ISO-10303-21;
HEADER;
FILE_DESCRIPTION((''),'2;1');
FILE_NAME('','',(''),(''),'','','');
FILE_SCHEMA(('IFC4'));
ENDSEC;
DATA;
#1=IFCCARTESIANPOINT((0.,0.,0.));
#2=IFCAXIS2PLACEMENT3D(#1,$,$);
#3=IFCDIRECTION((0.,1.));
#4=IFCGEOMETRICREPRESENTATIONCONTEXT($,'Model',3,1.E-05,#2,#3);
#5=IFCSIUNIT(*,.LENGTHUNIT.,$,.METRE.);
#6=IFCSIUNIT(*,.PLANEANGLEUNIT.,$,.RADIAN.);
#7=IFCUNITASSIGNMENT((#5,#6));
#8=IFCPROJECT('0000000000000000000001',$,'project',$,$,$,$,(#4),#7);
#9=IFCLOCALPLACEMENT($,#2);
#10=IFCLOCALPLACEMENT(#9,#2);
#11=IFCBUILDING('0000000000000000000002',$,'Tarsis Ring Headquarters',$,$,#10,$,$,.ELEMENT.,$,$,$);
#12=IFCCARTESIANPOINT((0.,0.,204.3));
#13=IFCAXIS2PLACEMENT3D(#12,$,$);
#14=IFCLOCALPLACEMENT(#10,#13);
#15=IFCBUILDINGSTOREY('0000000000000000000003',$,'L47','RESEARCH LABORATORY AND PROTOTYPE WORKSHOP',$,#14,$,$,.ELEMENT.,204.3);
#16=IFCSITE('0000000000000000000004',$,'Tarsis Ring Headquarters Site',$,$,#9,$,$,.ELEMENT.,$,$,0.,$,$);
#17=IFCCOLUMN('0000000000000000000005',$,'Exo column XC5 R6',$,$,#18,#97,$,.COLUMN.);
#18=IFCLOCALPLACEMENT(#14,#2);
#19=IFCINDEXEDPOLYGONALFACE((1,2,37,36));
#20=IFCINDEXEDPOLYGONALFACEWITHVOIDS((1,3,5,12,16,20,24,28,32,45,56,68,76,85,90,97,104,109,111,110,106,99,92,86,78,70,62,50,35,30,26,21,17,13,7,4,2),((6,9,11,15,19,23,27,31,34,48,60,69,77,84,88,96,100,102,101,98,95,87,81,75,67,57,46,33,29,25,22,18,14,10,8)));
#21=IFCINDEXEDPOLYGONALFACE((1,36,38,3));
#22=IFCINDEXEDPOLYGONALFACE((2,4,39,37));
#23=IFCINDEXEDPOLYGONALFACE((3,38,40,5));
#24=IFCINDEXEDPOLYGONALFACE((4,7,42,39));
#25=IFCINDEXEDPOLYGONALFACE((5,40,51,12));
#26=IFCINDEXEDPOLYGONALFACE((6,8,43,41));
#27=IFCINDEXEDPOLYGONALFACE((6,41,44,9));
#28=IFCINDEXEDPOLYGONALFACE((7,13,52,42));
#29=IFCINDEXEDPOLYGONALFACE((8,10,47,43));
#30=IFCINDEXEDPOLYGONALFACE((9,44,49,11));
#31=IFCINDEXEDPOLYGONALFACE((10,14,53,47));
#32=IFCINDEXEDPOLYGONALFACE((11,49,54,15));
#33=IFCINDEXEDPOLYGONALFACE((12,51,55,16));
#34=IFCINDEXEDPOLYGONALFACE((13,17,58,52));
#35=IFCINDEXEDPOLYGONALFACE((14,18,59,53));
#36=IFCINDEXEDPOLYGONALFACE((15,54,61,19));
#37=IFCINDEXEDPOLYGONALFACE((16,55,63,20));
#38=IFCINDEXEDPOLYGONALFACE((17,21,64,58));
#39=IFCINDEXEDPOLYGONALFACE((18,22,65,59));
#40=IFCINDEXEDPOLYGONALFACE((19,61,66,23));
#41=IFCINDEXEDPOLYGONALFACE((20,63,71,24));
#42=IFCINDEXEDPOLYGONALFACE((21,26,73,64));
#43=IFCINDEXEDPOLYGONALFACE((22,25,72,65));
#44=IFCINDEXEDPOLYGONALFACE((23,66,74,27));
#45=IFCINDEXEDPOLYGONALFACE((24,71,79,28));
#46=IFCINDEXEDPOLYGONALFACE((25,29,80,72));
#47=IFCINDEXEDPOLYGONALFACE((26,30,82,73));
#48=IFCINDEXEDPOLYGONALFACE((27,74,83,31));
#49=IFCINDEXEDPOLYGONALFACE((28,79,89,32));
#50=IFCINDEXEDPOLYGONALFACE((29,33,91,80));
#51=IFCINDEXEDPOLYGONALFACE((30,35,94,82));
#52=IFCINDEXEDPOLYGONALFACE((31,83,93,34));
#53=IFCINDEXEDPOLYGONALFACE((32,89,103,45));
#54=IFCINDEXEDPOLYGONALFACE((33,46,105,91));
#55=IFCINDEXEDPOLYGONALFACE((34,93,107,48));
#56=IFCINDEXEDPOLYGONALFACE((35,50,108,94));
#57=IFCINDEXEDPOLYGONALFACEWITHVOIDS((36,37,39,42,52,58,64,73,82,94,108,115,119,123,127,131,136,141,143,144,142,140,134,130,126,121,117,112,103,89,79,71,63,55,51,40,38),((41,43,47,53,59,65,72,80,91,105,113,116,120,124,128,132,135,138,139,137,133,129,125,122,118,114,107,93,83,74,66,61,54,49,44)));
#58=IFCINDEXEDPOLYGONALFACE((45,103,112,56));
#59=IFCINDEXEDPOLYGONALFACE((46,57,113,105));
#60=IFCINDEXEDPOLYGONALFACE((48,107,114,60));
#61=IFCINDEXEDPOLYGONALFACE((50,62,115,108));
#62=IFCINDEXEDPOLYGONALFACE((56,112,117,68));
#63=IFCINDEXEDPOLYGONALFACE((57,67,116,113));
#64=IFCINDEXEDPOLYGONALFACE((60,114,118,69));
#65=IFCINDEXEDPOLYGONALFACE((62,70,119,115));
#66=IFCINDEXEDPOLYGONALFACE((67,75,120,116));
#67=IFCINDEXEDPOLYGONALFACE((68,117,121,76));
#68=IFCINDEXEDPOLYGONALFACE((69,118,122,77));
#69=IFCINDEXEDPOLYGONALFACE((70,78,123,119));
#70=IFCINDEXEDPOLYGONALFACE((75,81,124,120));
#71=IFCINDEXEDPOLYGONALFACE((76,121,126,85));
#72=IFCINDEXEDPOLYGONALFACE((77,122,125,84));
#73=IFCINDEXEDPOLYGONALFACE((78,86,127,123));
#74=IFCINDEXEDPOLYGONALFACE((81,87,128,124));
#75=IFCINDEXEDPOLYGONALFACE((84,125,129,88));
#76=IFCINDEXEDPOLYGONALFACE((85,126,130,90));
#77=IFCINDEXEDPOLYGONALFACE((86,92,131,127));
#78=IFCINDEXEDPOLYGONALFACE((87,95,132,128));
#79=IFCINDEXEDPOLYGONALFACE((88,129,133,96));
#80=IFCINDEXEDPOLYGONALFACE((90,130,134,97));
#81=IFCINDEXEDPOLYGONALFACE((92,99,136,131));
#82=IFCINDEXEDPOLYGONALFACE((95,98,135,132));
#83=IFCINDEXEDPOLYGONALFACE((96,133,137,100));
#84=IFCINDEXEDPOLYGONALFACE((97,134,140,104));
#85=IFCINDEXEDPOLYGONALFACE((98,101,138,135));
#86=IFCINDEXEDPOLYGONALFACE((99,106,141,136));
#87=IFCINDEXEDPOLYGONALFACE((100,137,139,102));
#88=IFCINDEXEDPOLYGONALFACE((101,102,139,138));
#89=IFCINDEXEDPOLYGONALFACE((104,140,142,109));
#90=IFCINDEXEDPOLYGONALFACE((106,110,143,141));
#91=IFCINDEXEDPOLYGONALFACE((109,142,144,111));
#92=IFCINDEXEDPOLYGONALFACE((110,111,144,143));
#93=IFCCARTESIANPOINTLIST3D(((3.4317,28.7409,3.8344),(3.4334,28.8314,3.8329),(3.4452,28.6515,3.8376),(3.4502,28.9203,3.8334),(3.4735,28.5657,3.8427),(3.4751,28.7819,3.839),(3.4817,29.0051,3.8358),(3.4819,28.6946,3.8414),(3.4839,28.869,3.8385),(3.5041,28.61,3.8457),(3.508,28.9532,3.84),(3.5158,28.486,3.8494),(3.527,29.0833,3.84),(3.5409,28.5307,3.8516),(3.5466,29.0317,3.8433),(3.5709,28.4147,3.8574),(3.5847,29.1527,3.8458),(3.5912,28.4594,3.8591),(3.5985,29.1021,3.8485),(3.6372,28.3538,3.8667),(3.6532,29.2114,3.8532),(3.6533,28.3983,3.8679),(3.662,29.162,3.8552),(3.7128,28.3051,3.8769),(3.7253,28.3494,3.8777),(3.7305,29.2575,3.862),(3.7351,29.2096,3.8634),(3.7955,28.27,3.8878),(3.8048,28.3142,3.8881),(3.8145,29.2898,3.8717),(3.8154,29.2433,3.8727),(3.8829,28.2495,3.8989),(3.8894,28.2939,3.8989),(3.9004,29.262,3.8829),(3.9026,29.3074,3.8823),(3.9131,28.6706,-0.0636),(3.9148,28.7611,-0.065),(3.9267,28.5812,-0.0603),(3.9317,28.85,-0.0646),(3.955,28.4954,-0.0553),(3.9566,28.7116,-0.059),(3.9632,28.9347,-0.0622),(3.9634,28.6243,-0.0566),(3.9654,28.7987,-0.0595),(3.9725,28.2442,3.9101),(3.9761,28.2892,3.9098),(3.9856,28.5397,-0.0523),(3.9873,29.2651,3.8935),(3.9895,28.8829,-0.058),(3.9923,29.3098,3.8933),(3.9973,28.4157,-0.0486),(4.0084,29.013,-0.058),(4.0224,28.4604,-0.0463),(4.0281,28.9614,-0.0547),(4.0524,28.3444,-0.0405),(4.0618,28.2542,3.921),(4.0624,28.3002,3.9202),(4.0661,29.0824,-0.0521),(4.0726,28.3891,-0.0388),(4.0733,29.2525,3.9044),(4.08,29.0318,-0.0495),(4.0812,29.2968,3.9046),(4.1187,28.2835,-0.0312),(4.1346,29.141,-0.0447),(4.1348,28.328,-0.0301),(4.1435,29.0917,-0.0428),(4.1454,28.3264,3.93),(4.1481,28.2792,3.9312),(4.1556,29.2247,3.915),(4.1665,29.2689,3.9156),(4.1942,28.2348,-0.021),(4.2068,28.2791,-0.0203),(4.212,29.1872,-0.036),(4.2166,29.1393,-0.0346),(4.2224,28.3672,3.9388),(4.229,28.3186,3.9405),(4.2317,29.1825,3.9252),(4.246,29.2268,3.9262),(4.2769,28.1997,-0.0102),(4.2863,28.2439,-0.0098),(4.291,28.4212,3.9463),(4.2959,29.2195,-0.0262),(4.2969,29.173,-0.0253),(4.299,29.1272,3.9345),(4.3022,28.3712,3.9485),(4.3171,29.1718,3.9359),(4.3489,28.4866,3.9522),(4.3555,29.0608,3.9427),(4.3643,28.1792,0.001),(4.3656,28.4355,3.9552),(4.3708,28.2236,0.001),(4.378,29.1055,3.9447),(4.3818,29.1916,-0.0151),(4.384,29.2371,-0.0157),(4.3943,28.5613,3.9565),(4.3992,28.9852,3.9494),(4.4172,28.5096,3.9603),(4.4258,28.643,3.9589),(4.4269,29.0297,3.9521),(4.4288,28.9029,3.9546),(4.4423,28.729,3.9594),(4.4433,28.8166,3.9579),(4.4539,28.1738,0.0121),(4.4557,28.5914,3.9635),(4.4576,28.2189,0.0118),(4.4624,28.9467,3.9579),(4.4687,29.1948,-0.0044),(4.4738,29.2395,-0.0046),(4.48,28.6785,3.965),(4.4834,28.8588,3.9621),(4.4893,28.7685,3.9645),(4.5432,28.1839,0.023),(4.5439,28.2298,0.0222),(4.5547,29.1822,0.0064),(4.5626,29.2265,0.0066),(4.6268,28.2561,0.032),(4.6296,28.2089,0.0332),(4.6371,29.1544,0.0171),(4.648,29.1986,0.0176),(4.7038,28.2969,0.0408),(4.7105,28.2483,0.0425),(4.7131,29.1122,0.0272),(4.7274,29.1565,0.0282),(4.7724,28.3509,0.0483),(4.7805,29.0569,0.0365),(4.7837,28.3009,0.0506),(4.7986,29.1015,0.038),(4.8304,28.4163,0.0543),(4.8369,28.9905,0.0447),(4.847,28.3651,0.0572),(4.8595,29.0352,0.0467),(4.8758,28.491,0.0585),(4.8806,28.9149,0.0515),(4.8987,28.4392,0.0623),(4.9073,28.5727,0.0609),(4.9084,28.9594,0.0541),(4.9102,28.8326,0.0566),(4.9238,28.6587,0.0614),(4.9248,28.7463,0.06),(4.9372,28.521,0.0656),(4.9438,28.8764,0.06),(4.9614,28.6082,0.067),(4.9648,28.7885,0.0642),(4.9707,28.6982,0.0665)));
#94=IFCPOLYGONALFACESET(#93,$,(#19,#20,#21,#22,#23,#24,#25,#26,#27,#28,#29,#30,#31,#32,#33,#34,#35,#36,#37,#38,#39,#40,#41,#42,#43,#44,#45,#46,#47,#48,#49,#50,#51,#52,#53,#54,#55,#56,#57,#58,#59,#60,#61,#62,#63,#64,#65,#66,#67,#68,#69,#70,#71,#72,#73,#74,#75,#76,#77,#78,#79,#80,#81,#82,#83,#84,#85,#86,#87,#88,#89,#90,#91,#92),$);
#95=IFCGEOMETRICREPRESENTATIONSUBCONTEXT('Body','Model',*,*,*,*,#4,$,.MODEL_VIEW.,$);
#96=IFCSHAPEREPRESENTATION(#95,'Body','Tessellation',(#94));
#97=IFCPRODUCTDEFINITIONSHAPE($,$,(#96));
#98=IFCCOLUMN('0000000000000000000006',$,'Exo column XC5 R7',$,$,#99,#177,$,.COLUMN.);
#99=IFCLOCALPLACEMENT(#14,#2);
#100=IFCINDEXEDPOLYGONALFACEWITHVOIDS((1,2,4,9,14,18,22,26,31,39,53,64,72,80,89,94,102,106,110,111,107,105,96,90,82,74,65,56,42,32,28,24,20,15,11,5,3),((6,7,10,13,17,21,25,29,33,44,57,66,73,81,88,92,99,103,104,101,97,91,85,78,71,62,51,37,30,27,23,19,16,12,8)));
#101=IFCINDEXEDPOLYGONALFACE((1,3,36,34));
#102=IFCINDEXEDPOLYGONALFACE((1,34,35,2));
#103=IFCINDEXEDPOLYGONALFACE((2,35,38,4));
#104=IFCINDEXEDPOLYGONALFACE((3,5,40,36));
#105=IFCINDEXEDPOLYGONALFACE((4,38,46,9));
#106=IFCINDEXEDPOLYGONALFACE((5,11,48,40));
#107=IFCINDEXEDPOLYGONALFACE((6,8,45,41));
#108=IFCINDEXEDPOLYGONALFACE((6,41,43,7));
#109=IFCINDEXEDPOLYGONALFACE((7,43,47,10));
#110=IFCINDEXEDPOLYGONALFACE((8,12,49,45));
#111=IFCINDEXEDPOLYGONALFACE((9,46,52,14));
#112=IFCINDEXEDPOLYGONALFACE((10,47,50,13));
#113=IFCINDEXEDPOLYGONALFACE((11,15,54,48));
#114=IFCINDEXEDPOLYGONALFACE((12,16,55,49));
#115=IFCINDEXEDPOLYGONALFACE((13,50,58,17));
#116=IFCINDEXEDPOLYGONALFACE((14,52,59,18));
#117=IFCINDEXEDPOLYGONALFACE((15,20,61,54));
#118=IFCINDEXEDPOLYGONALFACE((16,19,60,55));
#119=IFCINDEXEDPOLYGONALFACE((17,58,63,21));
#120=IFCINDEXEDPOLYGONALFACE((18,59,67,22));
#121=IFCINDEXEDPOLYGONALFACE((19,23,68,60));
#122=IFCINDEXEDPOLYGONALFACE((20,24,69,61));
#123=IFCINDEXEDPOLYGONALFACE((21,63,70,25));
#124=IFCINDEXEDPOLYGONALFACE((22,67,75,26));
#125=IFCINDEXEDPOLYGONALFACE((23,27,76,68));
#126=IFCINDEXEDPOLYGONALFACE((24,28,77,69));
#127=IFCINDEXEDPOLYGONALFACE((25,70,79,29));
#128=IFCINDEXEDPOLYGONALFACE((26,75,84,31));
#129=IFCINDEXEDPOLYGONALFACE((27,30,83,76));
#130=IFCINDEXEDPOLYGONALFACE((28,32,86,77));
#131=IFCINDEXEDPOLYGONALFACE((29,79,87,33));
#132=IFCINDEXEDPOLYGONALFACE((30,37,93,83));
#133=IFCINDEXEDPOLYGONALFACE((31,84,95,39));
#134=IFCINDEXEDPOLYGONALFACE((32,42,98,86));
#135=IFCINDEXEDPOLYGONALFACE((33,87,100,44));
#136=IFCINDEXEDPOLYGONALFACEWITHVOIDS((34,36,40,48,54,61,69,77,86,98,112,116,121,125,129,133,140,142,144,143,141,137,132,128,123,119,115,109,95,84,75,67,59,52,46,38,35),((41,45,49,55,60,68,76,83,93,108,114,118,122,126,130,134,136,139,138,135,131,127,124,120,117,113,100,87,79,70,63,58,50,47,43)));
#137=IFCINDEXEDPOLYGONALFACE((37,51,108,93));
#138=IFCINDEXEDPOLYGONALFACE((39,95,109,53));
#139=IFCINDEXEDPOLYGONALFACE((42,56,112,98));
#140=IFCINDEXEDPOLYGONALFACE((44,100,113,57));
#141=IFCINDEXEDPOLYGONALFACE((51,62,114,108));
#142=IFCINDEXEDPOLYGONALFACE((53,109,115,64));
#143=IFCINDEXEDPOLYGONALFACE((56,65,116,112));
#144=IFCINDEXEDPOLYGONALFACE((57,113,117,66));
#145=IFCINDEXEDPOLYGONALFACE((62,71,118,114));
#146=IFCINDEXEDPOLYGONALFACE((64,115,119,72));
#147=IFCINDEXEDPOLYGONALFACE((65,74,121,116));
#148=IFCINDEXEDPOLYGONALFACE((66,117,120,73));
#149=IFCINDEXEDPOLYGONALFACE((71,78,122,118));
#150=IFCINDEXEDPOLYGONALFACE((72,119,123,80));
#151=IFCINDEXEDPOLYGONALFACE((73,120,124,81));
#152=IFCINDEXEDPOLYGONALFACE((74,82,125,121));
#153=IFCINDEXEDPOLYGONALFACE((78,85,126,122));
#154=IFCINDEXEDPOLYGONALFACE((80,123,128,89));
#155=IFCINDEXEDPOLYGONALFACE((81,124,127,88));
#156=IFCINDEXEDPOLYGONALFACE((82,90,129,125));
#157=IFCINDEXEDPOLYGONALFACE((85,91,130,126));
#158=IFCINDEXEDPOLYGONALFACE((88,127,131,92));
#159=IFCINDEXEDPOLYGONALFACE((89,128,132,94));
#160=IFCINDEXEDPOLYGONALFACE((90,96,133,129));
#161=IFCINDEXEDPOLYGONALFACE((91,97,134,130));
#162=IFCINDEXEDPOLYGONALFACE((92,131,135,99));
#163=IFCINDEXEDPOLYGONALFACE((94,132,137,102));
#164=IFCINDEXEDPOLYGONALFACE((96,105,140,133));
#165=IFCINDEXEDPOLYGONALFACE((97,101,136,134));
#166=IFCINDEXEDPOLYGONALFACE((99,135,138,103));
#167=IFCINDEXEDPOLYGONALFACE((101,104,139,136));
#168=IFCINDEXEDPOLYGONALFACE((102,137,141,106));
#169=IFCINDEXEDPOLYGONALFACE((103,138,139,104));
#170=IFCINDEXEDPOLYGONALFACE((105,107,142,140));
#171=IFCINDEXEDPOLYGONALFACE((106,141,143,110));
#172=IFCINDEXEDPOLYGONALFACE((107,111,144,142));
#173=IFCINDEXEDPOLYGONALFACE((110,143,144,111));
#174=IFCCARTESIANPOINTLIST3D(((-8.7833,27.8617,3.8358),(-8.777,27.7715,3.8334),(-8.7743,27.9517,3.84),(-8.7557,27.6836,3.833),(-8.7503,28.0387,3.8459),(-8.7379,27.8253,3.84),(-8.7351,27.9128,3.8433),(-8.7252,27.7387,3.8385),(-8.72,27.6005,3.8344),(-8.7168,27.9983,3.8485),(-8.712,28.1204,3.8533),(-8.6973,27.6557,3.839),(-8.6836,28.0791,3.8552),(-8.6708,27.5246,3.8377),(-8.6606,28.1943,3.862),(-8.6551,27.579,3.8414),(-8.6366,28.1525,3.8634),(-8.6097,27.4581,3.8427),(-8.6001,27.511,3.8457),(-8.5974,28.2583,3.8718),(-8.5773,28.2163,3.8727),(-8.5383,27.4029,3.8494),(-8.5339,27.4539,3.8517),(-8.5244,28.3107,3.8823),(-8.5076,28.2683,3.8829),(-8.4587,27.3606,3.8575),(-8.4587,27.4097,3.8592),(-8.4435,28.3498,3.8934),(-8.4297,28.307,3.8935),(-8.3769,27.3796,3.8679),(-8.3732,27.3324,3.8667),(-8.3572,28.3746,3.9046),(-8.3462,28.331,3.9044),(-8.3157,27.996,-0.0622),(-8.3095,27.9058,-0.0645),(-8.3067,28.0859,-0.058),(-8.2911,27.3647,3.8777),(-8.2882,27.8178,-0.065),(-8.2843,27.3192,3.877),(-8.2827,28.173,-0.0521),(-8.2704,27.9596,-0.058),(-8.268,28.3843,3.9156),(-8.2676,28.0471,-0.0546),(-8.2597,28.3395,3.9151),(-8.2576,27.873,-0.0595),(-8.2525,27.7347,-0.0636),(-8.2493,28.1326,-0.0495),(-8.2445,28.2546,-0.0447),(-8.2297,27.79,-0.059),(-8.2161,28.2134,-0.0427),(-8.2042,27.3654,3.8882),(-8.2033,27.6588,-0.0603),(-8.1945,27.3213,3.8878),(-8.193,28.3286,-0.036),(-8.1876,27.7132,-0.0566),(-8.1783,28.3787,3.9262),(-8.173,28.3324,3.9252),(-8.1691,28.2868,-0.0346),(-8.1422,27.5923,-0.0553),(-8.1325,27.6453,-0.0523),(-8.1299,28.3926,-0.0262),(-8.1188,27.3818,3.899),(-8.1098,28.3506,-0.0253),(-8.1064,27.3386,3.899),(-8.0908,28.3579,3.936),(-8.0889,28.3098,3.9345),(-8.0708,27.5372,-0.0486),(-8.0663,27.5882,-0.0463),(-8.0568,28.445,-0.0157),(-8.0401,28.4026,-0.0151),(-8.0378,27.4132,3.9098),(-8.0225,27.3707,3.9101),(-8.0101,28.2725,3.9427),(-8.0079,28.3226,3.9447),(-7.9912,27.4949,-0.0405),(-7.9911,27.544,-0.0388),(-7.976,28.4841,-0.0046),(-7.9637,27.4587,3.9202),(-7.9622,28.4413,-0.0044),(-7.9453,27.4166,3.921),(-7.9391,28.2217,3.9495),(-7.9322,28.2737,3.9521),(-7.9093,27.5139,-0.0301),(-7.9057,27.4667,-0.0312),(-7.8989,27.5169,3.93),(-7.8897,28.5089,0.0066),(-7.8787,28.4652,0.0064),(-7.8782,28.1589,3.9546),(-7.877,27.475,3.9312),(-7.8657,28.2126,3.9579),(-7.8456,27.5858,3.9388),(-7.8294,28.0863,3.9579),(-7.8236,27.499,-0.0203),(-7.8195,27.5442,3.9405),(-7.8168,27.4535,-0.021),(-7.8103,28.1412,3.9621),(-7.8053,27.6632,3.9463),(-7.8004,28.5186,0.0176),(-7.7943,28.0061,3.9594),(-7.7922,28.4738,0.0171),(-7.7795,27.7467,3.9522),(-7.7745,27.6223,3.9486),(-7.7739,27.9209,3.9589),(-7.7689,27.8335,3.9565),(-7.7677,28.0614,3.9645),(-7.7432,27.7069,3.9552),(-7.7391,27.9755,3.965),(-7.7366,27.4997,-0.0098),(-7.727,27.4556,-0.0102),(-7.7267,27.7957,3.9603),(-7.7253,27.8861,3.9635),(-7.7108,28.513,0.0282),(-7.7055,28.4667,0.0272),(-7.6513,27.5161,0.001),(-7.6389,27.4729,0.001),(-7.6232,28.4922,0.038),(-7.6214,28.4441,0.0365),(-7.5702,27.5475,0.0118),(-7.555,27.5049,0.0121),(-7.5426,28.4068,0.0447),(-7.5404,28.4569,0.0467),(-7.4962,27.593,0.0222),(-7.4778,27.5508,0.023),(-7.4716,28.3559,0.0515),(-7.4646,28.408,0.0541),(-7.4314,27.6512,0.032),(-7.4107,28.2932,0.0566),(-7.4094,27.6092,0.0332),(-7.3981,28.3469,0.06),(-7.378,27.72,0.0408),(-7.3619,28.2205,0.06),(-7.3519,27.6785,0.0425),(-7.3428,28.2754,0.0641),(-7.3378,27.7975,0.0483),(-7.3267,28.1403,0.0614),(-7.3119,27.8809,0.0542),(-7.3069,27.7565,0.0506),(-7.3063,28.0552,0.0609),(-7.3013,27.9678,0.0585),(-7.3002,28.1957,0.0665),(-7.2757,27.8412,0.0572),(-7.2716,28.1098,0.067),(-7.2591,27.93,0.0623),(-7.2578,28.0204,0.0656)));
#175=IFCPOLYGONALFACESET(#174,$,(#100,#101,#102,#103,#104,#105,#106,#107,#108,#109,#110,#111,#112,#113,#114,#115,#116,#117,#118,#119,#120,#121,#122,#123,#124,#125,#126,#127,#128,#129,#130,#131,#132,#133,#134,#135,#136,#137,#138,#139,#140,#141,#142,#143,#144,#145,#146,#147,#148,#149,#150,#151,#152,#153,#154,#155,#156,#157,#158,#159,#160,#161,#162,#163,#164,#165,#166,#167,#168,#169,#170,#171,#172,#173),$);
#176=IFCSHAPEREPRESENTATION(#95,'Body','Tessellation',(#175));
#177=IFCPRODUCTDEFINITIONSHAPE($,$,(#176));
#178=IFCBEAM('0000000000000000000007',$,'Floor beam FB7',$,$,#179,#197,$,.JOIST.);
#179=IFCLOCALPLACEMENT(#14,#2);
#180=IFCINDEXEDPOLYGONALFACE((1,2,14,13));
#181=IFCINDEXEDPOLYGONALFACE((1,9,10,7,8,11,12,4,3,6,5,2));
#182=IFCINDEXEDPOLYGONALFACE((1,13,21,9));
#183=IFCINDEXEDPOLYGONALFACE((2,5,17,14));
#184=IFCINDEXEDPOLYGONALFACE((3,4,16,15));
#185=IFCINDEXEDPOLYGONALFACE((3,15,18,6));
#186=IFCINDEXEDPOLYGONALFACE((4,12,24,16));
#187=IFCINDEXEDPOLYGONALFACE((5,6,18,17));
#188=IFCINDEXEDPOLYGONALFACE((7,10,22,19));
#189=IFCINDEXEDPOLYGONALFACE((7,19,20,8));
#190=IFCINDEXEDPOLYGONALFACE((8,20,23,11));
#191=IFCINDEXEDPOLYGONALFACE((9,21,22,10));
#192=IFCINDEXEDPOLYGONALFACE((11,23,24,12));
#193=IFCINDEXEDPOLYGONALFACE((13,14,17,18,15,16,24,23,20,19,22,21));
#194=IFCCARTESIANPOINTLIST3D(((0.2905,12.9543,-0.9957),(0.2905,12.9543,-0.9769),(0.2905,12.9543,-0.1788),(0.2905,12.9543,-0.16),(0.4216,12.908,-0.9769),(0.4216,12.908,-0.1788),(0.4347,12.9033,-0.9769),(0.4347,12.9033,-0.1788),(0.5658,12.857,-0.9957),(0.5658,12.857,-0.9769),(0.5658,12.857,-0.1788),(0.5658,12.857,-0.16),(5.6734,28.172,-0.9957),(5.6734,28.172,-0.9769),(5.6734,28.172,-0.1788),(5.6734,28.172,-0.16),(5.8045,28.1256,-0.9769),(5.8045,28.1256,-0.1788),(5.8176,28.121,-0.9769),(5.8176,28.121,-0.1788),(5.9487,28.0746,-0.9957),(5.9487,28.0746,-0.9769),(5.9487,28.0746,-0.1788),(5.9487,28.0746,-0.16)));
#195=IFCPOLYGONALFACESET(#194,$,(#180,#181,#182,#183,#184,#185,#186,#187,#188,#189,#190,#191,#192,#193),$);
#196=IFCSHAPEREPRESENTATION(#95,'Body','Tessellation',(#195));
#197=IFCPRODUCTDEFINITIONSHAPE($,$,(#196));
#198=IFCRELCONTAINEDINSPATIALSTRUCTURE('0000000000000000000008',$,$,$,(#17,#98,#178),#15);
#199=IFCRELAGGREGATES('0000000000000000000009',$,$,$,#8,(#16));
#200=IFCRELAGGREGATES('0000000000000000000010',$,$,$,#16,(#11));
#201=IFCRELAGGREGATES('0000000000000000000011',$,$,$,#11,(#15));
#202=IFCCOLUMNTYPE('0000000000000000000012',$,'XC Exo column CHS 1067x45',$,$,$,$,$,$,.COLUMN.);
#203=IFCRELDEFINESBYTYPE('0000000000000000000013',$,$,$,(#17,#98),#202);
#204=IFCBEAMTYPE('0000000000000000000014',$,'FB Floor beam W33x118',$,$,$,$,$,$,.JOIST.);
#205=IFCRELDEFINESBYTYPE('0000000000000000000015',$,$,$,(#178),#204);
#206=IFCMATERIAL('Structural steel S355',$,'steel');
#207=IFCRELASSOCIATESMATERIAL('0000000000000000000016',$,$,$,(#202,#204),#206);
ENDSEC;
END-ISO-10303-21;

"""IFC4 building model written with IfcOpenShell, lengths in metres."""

from ifc_helpers import new_model, si_unit, direction, frame, origin, origin_2d, place, context, subcontext, project, spatial, hollow_circle, i_section, extrude, material, material_profile, profile_set, type_object, element, save


model = new_model("IFC4")

# Units and contexts
model_context = context("Model", 3, precision=1e-05, world=origin(), true_north=direction((0.0, 1.0)))
body_context = subcontext(model_context, "Body", "Model", "MODEL_VIEW")
ifc_project = project(units=[si_unit("LENGTHUNIT", "METRE"), si_unit("PLANEANGLEUNIT", "RADIAN")], contexts=[model_context])

# Site, building, storey
site_placement = place(None, origin())
site = spatial("IfcSite", under=ifc_project, at=site_placement, Name="Tarsis Ring Headquarters Site", CompositionType="ELEMENT", RefElevation=0.0)
building_placement = place(site_placement, origin())
building = spatial("IfcBuilding", under=site, at=building_placement, Name="Tarsis Ring Headquarters", CompositionType="ELEMENT")
storey_placement = place(building_placement, frame((0.0, 0.0, 204.3)))
storey = spatial("IfcBuildingStorey", under=building, at=storey_placement, Name="L47", Description="RESEARCH LABORATORY AND PROTOTYPE WORKSHOP", CompositionType="ELEMENT", Elevation=204.3)

# Columns
ifc_material_1 = material(Name="Structural steel S355", Category="steel")
ifc_material_profile_1 = material_profile(ifc_material_1, hollow_circle(Radius=0.5334, WallThickness=0.0449, at=origin_2d()), Name="CHS 1067x45")
ifc_profile_set_1 = profile_set([ifc_material_profile_1], Name="Structural steel S355")
column_type = type_object("IfcColumnType", Name="XC Exo column CHS 1067x45", PredefinedType="COLUMN", material=ifc_profile_set_1)
for number, where, z_axis, x_axis, name in (
    (1, (4.4414, 28.707, 0.001), (-0.122561, 0.017899, 0.9923), (-0.144512, -0.989503, 0.0), "Exo column XC5 R6"),
    (2, (-7.7861, 27.9856, 0.001), (-0.119019, -0.034183, 0.992303), (0.276047, -0.961144, 0.0), "Exo column XC5 R7"),
):
    element("IfcColumn", number, at=place(storey_placement, frame(where, z_axis=z_axis, x_axis=x_axis)), inside=storey, type_object=column_type, Name=name, PredefinedType="COLUMN", context=body_context, shape_type="SweptSolid", body=[
        extrude(hollow_circle(Radius=0.5334, WallThickness=0.0449, at=origin_2d()), origin(), (0.0, 0.0, 1.0), 3.9282),
    ])

# Beam
ifc_material_profile_2 = material_profile(ifc_material_1, i_section(OverallWidth=0.292, OverallDepth=0.8357, WebThickness=0.0139, FlangeThickness=0.0188, at=origin_2d()), Name="W33x118")
ifc_profile_set_2 = profile_set([ifc_material_profile_2], Name="Structural steel S355")
beam_type_1 = type_object("IfcBeamType", Name="FB Floor beam W33x118", PredefinedType="JOIST", material=ifc_profile_set_2)
beam_1_placement = place(storey_placement, frame((5.811, 28.1233, -0.5779), z_axis=(-0.333477, -0.942758, 0.0), x_axis=(0.942758, -0.333477, 0.0)))
element("IfcBeam", 3, at=beam_1_placement, inside=storey, type_object=beam_type_1, Name="Floor beam FB7", PredefinedType="JOIST", context=body_context, shape_type="SweptSolid", body=[
    extrude(i_section(OverallWidth=0.292, OverallDepth=0.8357, WebThickness=0.0139, FlangeThickness=0.0188, at=origin_2d()), origin(), (0.0, 0.0, 1.0), 16.1416),
])

save(model, "model.ifc")
